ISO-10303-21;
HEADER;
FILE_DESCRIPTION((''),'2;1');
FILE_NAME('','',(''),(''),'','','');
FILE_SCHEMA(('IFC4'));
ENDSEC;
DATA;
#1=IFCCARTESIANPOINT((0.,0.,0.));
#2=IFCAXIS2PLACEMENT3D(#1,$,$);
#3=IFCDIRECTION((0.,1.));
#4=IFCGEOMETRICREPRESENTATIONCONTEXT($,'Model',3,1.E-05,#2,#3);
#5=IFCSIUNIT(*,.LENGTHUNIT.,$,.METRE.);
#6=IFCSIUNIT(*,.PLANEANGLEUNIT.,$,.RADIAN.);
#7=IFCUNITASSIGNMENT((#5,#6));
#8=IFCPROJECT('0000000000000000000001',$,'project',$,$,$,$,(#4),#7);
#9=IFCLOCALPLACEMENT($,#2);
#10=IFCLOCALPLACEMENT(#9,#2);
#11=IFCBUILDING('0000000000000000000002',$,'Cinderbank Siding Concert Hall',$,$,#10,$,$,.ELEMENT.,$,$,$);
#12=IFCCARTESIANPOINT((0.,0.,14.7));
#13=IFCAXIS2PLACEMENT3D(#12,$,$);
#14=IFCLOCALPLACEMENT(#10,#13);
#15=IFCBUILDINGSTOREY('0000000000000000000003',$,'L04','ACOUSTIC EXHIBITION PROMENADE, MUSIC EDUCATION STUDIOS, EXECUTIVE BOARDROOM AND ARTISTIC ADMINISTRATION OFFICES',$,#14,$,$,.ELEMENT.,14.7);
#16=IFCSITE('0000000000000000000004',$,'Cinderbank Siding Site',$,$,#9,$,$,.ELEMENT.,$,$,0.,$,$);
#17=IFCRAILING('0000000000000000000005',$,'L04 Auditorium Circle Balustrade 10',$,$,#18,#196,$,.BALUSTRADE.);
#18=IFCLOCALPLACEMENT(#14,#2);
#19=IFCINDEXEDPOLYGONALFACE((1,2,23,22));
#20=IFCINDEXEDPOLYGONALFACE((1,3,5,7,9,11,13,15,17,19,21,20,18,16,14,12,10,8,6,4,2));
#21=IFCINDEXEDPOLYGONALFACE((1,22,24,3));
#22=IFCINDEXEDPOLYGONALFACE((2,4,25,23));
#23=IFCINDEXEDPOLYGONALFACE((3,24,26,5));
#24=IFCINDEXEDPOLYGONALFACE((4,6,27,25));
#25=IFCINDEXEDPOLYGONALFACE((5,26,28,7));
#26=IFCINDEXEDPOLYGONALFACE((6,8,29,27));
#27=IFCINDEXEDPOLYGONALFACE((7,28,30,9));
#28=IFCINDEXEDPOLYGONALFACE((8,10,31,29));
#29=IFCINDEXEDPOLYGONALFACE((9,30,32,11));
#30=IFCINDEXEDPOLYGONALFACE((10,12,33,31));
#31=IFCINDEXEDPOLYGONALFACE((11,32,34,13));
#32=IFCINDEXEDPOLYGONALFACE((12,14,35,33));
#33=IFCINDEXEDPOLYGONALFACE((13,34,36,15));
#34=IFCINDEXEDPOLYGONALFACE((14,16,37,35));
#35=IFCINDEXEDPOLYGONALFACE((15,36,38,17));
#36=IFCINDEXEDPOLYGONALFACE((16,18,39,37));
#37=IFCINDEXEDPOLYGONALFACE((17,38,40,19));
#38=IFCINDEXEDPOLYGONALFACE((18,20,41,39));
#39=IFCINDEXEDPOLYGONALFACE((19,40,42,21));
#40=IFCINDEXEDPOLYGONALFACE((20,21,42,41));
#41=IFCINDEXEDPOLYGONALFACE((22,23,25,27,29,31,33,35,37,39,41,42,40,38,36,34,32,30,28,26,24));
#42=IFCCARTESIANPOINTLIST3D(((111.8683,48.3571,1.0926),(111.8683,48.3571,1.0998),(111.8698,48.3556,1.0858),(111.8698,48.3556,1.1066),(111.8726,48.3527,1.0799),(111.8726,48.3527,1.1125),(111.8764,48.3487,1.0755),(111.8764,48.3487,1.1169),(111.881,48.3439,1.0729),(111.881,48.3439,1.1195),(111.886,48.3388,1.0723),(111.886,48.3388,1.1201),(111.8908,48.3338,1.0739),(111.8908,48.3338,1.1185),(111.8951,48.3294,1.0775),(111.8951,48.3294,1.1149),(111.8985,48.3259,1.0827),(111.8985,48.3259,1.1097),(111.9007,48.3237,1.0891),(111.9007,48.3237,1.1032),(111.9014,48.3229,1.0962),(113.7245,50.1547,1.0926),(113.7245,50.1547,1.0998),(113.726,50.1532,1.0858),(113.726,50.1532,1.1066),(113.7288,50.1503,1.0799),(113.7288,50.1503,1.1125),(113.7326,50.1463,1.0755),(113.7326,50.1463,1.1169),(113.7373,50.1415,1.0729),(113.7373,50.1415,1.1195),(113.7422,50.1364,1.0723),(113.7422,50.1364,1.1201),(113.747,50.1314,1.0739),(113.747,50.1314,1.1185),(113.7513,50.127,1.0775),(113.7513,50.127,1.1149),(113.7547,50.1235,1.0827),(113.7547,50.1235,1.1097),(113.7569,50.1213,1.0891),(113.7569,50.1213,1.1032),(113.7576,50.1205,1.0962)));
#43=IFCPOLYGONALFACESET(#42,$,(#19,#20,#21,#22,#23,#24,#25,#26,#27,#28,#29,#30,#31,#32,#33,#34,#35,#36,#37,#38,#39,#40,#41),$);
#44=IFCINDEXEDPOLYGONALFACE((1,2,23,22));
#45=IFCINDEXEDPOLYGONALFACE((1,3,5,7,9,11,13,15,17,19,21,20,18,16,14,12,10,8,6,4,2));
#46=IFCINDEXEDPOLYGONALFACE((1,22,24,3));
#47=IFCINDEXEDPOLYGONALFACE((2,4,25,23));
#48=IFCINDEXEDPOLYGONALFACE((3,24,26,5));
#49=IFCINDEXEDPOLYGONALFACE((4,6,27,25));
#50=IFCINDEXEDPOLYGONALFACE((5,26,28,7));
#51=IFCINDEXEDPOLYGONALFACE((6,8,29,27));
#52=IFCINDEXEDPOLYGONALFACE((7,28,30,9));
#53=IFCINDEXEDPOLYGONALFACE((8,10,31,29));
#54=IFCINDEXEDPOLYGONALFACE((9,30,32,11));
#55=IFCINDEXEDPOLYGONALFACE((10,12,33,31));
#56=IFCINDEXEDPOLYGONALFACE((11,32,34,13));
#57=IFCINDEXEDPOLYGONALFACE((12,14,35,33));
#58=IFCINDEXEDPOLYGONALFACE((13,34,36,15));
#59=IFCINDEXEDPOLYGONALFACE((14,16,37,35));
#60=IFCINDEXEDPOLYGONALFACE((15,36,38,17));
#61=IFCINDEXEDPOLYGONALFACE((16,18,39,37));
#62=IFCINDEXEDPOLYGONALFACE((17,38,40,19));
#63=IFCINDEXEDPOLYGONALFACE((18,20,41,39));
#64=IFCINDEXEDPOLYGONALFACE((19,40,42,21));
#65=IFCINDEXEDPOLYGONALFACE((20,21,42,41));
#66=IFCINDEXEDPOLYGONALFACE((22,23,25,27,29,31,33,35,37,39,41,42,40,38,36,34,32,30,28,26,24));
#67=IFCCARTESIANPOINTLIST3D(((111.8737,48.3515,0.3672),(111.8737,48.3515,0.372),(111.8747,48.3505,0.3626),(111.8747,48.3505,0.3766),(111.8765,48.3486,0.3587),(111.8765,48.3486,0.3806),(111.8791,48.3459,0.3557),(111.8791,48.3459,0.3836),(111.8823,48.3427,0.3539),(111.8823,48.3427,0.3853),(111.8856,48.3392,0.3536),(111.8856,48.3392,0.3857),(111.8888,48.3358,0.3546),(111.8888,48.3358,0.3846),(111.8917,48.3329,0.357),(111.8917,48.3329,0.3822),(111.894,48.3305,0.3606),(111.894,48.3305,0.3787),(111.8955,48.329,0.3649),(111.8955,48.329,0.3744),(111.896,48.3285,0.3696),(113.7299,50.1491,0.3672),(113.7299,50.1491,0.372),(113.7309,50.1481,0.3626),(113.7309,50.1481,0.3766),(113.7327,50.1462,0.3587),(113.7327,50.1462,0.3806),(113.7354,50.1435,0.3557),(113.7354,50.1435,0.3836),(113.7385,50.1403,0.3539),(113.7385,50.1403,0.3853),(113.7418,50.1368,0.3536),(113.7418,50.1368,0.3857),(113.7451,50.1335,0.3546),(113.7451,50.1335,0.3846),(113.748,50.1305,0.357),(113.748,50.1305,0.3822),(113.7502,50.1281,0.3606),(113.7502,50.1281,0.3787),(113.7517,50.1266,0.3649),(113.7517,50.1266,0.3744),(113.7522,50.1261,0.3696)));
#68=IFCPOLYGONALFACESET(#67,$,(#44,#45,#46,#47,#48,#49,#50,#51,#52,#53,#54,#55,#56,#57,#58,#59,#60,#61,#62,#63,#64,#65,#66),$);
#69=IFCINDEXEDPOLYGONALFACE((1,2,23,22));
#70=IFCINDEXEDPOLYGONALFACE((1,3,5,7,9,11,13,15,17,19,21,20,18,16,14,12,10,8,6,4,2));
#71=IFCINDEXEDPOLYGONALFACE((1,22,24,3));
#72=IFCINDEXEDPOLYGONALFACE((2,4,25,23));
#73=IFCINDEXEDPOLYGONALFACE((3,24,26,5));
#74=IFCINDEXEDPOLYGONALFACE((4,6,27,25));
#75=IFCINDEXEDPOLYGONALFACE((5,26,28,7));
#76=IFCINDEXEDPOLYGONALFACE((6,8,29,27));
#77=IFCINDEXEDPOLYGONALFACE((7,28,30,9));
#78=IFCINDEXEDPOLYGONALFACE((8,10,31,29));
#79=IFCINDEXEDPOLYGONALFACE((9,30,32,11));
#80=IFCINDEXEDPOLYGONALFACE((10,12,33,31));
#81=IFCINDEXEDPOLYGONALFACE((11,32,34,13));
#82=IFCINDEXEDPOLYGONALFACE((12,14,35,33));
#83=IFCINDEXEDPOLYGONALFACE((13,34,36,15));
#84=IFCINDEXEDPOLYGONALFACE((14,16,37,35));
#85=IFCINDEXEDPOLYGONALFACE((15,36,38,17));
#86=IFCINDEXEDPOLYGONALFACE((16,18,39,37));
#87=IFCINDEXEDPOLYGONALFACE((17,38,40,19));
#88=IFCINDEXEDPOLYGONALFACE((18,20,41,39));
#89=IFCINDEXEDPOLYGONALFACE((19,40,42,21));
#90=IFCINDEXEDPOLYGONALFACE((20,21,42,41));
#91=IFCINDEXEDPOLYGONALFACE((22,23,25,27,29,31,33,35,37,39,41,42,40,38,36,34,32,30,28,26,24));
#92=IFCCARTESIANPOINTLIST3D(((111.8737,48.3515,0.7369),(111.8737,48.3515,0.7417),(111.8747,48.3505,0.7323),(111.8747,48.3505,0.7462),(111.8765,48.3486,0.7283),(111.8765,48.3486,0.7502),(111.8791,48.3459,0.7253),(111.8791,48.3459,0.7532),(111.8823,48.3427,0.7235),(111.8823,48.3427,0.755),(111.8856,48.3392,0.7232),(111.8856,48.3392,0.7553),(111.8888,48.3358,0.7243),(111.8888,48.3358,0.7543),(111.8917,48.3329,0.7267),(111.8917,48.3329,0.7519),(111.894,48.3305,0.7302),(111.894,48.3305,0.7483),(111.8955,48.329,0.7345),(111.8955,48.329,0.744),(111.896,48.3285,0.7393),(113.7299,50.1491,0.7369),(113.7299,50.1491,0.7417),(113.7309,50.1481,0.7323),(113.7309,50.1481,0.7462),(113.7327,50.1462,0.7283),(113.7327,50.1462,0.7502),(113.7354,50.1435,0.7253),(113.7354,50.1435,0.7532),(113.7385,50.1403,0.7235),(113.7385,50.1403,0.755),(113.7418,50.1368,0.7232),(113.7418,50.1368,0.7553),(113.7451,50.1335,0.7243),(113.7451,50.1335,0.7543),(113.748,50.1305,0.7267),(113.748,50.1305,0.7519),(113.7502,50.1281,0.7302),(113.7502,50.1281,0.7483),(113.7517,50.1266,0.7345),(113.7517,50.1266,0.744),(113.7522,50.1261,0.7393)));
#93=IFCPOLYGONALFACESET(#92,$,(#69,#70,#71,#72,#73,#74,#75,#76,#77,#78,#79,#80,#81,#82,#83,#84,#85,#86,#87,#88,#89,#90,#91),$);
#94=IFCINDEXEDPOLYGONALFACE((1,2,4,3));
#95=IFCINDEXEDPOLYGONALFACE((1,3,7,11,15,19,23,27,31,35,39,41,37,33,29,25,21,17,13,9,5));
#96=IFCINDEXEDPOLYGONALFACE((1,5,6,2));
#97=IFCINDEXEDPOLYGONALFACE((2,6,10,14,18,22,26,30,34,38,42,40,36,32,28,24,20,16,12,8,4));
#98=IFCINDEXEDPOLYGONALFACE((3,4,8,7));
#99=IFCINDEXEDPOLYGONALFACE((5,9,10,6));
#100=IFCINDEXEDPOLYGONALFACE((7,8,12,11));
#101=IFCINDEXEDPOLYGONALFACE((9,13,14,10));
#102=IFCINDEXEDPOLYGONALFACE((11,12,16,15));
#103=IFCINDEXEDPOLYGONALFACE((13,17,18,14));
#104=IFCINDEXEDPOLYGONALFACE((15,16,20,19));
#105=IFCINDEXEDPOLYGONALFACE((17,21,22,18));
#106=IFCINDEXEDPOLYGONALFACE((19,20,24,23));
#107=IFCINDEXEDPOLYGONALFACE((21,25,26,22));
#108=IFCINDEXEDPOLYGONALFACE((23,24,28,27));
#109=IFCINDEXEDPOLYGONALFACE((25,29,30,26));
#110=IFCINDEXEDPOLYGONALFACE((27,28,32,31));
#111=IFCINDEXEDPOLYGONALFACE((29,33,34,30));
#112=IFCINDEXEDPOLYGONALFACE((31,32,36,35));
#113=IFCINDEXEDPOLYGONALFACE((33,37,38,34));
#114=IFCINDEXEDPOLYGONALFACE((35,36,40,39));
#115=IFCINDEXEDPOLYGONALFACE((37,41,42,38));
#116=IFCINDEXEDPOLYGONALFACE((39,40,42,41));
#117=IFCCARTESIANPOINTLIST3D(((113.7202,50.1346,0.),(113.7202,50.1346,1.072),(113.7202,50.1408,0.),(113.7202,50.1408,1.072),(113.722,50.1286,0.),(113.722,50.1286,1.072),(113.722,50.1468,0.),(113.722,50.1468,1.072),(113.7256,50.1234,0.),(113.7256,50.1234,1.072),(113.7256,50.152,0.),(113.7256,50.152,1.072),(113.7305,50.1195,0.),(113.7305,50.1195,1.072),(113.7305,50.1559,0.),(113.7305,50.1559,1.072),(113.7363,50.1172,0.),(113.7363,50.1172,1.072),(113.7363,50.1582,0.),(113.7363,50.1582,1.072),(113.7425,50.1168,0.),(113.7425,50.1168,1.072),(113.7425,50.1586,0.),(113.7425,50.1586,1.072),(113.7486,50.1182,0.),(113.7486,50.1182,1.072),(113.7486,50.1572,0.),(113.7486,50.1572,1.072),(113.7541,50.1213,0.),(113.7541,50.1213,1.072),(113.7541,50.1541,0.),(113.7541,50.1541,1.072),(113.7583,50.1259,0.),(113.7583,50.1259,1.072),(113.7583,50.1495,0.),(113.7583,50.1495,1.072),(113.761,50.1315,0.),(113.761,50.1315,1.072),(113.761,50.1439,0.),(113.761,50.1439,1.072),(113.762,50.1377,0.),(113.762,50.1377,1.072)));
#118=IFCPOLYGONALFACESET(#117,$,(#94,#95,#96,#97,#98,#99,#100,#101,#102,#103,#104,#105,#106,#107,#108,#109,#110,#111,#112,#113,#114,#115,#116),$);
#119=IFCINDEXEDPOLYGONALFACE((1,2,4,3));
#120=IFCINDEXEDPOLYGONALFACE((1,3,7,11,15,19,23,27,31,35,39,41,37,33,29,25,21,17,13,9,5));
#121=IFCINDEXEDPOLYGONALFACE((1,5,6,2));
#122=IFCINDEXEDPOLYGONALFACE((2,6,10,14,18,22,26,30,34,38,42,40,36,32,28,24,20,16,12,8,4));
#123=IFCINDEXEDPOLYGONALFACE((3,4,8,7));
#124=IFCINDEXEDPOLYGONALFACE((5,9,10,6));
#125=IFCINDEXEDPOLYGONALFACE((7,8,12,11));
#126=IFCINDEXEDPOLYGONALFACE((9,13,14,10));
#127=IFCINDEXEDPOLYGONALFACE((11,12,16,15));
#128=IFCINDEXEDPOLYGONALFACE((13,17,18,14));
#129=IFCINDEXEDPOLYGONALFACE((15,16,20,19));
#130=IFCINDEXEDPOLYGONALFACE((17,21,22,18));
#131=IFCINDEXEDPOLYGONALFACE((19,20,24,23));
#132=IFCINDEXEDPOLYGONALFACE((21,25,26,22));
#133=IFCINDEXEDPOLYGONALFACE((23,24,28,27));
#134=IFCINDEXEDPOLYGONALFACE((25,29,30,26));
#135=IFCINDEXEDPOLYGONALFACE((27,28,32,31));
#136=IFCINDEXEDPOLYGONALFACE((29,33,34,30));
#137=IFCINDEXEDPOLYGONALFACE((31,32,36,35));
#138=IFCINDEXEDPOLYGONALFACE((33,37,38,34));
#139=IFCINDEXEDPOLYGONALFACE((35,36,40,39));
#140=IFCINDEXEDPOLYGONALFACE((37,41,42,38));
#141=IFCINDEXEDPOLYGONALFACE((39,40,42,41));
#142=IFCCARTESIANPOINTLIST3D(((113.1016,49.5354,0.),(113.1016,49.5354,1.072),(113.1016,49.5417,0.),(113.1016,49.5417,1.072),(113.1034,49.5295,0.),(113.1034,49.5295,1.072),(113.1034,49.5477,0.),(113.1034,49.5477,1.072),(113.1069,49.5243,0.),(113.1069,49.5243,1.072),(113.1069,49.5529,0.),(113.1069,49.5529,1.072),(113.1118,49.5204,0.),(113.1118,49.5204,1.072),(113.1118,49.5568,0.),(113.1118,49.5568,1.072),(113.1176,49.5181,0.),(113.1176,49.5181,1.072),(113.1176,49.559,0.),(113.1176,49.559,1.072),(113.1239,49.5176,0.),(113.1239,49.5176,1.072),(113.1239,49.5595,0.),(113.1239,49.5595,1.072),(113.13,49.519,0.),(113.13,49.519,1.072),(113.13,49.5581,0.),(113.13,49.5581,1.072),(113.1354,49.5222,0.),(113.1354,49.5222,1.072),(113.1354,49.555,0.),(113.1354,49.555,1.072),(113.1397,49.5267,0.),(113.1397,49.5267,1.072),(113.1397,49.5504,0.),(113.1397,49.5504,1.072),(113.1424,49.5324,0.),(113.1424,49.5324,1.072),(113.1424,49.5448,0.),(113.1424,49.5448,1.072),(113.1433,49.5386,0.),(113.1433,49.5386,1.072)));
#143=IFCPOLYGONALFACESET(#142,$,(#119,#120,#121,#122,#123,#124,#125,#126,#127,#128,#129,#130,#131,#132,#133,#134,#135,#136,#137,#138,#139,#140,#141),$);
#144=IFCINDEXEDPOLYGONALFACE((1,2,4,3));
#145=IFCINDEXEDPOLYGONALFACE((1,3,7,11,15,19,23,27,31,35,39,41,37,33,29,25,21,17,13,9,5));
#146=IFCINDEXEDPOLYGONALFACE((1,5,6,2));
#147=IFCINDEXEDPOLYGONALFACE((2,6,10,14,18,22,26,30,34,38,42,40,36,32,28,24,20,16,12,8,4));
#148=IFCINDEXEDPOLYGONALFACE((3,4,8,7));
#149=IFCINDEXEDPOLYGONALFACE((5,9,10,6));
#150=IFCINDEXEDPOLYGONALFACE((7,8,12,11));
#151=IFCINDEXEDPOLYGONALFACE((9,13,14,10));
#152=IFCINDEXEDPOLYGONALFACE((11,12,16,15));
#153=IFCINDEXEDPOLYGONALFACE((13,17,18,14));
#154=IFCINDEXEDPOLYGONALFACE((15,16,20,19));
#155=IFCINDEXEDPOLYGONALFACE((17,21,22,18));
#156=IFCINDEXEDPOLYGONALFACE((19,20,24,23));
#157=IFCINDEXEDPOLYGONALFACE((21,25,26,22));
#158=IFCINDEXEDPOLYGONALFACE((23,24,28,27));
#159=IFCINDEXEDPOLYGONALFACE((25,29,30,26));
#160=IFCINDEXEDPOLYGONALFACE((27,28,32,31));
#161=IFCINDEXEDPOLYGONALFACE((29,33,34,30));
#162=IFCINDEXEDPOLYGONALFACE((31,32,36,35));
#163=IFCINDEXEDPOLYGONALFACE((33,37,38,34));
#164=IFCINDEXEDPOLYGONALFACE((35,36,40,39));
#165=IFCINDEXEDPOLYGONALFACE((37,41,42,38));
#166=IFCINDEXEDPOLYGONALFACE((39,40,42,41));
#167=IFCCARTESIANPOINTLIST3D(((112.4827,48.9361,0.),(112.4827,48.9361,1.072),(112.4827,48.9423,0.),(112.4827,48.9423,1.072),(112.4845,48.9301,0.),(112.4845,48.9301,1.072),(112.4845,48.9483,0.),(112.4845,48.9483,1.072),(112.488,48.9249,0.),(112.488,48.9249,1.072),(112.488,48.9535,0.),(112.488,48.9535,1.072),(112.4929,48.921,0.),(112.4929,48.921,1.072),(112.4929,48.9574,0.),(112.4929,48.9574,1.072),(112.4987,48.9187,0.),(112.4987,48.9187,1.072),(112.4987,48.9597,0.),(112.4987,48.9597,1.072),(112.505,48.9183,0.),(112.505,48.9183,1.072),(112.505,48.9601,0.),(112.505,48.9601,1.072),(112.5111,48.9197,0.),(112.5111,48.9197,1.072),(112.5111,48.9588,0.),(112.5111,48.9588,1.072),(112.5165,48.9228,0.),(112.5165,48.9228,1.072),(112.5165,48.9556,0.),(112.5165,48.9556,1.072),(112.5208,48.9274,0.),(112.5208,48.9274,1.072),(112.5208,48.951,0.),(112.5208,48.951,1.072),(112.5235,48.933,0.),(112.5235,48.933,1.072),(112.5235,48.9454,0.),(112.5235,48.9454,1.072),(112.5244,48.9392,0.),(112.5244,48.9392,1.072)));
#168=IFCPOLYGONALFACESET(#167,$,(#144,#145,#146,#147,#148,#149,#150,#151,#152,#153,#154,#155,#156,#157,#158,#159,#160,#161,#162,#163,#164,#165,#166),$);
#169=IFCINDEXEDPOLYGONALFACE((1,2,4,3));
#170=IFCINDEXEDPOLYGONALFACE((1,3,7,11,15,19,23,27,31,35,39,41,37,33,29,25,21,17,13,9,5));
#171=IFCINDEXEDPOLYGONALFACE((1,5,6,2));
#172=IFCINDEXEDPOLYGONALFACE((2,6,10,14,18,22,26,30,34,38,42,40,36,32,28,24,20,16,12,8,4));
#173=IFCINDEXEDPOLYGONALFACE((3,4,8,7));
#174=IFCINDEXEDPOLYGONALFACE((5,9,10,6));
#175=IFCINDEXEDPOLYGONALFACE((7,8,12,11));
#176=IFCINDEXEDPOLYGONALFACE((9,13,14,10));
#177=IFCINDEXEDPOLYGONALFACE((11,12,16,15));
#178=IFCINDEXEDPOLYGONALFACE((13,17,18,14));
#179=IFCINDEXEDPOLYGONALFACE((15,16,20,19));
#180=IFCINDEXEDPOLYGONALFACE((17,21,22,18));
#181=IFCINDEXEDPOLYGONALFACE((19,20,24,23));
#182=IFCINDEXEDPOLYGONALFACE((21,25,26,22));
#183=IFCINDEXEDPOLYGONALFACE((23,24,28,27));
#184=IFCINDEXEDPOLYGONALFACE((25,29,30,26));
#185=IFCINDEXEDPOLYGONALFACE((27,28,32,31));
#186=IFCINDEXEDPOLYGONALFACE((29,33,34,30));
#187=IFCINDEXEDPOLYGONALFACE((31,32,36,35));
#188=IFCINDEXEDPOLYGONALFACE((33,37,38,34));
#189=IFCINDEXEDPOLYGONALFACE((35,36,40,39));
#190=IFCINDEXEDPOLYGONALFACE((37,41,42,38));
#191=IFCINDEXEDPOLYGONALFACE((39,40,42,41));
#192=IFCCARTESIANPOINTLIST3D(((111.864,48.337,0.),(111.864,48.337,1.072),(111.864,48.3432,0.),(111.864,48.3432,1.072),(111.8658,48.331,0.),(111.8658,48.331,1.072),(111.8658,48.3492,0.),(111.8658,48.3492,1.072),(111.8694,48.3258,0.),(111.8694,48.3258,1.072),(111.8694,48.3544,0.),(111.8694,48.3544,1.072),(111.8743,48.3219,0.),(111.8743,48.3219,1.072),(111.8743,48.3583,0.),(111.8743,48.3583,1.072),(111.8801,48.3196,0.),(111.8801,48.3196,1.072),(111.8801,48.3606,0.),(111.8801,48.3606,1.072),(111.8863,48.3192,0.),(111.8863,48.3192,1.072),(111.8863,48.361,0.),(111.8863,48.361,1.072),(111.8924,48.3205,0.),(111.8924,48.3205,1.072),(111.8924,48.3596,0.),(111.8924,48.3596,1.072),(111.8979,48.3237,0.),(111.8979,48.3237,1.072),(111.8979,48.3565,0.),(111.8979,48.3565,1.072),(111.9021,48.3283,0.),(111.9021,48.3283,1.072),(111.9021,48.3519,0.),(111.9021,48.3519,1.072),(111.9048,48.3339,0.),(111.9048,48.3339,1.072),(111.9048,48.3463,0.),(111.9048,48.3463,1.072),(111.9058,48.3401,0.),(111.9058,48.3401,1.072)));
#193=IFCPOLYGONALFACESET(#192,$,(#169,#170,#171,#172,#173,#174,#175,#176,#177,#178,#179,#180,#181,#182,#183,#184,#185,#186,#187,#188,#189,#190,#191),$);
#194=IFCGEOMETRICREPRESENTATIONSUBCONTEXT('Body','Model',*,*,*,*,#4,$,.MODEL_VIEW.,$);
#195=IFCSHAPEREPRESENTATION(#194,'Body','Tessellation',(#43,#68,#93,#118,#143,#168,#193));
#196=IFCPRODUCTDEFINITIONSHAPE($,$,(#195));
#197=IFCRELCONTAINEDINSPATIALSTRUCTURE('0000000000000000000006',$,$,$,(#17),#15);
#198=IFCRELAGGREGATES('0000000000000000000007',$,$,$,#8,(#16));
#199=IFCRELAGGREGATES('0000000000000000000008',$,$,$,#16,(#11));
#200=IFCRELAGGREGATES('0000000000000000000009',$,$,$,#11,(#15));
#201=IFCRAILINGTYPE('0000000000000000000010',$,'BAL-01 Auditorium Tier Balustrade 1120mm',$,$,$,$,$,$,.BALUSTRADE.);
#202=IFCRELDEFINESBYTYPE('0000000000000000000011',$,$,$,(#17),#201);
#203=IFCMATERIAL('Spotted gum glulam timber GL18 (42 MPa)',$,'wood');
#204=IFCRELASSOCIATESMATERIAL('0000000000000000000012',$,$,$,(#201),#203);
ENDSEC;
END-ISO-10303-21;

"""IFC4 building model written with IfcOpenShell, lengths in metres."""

from ifc_helpers import new_model, si_unit, direction, frame, origin, origin_2d, place, context, subcontext, project, spatial, circle, extrude, material, type_object, element, save


model = new_model("IFC4")

# Units and contexts
model_context = context("Model", 3, precision=1e-05, world=origin(), true_north=direction((0.0, 1.0)))
body_context = subcontext(model_context, "Body", "Model", "MODEL_VIEW")
ifc_project = project(units=[si_unit("LENGTHUNIT", "METRE"), si_unit("PLANEANGLEUNIT", "RADIAN")], contexts=[model_context])

# Site, building, storey
site_placement = place(None, origin())
site = spatial("IfcSite", under=ifc_project, at=site_placement, Name="Cinderbank Siding Site", CompositionType="ELEMENT", RefElevation=0.0)
building_placement = place(site_placement, origin())
building = spatial("IfcBuilding", under=site, at=building_placement, Name="Cinderbank Siding Concert Hall", CompositionType="ELEMENT")
storey_placement = place(building_placement, frame((0.0, 0.0, 14.7)))
storey = spatial("IfcBuildingStorey", under=building, at=storey_placement, Name="L04", Description="ACOUSTIC EXHIBITION PROMENADE, MUSIC EDUCATION STUDIOS, EXECUTIVE BOARDROOM AND ARTISTIC ADMINISTRATION OFFICES", CompositionType="ELEMENT", Elevation=14.7)

# Shared definitions
ifc_material_1 = material(Name="Spotted gum glulam timber GL18 (42 MPa)", Category="wood")

# Railing
railing_type_1 = type_object("IfcRailingType", Name="BAL-01 Auditorium Tier Balustrade 1120mm", PredefinedType="BALUSTRADE", material=ifc_material_1)
railing_1_placement = place(storey_placement, frame((113.741, 50.1377, 0.0)))
element("IfcRailing", 1, at=railing_1_placement, inside=storey, type_object=railing_type_1, Name="L04 Auditorium Circle Balustrade 10", PredefinedType="BALUSTRADE", context=body_context, shape_type="SweptSolid", body=[
    extrude(circle(Radius=0.0239, at=origin_2d()), frame((0.0, 0.0, 1.0962), z_axis=(-0.718354, -0.695678, 0.0), x_axis=(0.695678, -0.718354, 0.0)), (0.0, 0.0, 1.0), 2.584),
    extrude(circle(Radius=0.0161, at=origin_2d()), frame((0.0, 0.0, 0.3696), z_axis=(-0.718354, -0.695678, 0.0), x_axis=(0.695678, -0.718354, 0.0)), (0.0, 0.0, 1.0), 2.584),
    extrude(circle(Radius=0.0161, at=origin_2d()), frame((0.0, 0.0, 0.7393), z_axis=(-0.718354, -0.695678, 0.0), x_axis=(0.695678, -0.718354, 0.0)), (0.0, 0.0, 1.0), 2.584),
    extrude(circle(Radius=0.021, at=origin_2d()), origin(), (0.0, 0.0, 1.0), 1.072),
    extrude(circle(Radius=0.021, at=origin_2d()), frame((-0.6187, -0.5991, 0.0)), (0.0, 0.0, 1.0), 1.072),
    extrude(circle(Radius=0.021, at=origin_2d()), frame((-1.2375, -1.1985, 0.0)), (0.0, 0.0, 1.0), 1.072),
    extrude(circle(Radius=0.021, at=origin_2d()), frame((-1.8562, -1.7976, 0.0)), (0.0, 0.0, 1.0), 1.072),
])

save(model, "model.ifc")
